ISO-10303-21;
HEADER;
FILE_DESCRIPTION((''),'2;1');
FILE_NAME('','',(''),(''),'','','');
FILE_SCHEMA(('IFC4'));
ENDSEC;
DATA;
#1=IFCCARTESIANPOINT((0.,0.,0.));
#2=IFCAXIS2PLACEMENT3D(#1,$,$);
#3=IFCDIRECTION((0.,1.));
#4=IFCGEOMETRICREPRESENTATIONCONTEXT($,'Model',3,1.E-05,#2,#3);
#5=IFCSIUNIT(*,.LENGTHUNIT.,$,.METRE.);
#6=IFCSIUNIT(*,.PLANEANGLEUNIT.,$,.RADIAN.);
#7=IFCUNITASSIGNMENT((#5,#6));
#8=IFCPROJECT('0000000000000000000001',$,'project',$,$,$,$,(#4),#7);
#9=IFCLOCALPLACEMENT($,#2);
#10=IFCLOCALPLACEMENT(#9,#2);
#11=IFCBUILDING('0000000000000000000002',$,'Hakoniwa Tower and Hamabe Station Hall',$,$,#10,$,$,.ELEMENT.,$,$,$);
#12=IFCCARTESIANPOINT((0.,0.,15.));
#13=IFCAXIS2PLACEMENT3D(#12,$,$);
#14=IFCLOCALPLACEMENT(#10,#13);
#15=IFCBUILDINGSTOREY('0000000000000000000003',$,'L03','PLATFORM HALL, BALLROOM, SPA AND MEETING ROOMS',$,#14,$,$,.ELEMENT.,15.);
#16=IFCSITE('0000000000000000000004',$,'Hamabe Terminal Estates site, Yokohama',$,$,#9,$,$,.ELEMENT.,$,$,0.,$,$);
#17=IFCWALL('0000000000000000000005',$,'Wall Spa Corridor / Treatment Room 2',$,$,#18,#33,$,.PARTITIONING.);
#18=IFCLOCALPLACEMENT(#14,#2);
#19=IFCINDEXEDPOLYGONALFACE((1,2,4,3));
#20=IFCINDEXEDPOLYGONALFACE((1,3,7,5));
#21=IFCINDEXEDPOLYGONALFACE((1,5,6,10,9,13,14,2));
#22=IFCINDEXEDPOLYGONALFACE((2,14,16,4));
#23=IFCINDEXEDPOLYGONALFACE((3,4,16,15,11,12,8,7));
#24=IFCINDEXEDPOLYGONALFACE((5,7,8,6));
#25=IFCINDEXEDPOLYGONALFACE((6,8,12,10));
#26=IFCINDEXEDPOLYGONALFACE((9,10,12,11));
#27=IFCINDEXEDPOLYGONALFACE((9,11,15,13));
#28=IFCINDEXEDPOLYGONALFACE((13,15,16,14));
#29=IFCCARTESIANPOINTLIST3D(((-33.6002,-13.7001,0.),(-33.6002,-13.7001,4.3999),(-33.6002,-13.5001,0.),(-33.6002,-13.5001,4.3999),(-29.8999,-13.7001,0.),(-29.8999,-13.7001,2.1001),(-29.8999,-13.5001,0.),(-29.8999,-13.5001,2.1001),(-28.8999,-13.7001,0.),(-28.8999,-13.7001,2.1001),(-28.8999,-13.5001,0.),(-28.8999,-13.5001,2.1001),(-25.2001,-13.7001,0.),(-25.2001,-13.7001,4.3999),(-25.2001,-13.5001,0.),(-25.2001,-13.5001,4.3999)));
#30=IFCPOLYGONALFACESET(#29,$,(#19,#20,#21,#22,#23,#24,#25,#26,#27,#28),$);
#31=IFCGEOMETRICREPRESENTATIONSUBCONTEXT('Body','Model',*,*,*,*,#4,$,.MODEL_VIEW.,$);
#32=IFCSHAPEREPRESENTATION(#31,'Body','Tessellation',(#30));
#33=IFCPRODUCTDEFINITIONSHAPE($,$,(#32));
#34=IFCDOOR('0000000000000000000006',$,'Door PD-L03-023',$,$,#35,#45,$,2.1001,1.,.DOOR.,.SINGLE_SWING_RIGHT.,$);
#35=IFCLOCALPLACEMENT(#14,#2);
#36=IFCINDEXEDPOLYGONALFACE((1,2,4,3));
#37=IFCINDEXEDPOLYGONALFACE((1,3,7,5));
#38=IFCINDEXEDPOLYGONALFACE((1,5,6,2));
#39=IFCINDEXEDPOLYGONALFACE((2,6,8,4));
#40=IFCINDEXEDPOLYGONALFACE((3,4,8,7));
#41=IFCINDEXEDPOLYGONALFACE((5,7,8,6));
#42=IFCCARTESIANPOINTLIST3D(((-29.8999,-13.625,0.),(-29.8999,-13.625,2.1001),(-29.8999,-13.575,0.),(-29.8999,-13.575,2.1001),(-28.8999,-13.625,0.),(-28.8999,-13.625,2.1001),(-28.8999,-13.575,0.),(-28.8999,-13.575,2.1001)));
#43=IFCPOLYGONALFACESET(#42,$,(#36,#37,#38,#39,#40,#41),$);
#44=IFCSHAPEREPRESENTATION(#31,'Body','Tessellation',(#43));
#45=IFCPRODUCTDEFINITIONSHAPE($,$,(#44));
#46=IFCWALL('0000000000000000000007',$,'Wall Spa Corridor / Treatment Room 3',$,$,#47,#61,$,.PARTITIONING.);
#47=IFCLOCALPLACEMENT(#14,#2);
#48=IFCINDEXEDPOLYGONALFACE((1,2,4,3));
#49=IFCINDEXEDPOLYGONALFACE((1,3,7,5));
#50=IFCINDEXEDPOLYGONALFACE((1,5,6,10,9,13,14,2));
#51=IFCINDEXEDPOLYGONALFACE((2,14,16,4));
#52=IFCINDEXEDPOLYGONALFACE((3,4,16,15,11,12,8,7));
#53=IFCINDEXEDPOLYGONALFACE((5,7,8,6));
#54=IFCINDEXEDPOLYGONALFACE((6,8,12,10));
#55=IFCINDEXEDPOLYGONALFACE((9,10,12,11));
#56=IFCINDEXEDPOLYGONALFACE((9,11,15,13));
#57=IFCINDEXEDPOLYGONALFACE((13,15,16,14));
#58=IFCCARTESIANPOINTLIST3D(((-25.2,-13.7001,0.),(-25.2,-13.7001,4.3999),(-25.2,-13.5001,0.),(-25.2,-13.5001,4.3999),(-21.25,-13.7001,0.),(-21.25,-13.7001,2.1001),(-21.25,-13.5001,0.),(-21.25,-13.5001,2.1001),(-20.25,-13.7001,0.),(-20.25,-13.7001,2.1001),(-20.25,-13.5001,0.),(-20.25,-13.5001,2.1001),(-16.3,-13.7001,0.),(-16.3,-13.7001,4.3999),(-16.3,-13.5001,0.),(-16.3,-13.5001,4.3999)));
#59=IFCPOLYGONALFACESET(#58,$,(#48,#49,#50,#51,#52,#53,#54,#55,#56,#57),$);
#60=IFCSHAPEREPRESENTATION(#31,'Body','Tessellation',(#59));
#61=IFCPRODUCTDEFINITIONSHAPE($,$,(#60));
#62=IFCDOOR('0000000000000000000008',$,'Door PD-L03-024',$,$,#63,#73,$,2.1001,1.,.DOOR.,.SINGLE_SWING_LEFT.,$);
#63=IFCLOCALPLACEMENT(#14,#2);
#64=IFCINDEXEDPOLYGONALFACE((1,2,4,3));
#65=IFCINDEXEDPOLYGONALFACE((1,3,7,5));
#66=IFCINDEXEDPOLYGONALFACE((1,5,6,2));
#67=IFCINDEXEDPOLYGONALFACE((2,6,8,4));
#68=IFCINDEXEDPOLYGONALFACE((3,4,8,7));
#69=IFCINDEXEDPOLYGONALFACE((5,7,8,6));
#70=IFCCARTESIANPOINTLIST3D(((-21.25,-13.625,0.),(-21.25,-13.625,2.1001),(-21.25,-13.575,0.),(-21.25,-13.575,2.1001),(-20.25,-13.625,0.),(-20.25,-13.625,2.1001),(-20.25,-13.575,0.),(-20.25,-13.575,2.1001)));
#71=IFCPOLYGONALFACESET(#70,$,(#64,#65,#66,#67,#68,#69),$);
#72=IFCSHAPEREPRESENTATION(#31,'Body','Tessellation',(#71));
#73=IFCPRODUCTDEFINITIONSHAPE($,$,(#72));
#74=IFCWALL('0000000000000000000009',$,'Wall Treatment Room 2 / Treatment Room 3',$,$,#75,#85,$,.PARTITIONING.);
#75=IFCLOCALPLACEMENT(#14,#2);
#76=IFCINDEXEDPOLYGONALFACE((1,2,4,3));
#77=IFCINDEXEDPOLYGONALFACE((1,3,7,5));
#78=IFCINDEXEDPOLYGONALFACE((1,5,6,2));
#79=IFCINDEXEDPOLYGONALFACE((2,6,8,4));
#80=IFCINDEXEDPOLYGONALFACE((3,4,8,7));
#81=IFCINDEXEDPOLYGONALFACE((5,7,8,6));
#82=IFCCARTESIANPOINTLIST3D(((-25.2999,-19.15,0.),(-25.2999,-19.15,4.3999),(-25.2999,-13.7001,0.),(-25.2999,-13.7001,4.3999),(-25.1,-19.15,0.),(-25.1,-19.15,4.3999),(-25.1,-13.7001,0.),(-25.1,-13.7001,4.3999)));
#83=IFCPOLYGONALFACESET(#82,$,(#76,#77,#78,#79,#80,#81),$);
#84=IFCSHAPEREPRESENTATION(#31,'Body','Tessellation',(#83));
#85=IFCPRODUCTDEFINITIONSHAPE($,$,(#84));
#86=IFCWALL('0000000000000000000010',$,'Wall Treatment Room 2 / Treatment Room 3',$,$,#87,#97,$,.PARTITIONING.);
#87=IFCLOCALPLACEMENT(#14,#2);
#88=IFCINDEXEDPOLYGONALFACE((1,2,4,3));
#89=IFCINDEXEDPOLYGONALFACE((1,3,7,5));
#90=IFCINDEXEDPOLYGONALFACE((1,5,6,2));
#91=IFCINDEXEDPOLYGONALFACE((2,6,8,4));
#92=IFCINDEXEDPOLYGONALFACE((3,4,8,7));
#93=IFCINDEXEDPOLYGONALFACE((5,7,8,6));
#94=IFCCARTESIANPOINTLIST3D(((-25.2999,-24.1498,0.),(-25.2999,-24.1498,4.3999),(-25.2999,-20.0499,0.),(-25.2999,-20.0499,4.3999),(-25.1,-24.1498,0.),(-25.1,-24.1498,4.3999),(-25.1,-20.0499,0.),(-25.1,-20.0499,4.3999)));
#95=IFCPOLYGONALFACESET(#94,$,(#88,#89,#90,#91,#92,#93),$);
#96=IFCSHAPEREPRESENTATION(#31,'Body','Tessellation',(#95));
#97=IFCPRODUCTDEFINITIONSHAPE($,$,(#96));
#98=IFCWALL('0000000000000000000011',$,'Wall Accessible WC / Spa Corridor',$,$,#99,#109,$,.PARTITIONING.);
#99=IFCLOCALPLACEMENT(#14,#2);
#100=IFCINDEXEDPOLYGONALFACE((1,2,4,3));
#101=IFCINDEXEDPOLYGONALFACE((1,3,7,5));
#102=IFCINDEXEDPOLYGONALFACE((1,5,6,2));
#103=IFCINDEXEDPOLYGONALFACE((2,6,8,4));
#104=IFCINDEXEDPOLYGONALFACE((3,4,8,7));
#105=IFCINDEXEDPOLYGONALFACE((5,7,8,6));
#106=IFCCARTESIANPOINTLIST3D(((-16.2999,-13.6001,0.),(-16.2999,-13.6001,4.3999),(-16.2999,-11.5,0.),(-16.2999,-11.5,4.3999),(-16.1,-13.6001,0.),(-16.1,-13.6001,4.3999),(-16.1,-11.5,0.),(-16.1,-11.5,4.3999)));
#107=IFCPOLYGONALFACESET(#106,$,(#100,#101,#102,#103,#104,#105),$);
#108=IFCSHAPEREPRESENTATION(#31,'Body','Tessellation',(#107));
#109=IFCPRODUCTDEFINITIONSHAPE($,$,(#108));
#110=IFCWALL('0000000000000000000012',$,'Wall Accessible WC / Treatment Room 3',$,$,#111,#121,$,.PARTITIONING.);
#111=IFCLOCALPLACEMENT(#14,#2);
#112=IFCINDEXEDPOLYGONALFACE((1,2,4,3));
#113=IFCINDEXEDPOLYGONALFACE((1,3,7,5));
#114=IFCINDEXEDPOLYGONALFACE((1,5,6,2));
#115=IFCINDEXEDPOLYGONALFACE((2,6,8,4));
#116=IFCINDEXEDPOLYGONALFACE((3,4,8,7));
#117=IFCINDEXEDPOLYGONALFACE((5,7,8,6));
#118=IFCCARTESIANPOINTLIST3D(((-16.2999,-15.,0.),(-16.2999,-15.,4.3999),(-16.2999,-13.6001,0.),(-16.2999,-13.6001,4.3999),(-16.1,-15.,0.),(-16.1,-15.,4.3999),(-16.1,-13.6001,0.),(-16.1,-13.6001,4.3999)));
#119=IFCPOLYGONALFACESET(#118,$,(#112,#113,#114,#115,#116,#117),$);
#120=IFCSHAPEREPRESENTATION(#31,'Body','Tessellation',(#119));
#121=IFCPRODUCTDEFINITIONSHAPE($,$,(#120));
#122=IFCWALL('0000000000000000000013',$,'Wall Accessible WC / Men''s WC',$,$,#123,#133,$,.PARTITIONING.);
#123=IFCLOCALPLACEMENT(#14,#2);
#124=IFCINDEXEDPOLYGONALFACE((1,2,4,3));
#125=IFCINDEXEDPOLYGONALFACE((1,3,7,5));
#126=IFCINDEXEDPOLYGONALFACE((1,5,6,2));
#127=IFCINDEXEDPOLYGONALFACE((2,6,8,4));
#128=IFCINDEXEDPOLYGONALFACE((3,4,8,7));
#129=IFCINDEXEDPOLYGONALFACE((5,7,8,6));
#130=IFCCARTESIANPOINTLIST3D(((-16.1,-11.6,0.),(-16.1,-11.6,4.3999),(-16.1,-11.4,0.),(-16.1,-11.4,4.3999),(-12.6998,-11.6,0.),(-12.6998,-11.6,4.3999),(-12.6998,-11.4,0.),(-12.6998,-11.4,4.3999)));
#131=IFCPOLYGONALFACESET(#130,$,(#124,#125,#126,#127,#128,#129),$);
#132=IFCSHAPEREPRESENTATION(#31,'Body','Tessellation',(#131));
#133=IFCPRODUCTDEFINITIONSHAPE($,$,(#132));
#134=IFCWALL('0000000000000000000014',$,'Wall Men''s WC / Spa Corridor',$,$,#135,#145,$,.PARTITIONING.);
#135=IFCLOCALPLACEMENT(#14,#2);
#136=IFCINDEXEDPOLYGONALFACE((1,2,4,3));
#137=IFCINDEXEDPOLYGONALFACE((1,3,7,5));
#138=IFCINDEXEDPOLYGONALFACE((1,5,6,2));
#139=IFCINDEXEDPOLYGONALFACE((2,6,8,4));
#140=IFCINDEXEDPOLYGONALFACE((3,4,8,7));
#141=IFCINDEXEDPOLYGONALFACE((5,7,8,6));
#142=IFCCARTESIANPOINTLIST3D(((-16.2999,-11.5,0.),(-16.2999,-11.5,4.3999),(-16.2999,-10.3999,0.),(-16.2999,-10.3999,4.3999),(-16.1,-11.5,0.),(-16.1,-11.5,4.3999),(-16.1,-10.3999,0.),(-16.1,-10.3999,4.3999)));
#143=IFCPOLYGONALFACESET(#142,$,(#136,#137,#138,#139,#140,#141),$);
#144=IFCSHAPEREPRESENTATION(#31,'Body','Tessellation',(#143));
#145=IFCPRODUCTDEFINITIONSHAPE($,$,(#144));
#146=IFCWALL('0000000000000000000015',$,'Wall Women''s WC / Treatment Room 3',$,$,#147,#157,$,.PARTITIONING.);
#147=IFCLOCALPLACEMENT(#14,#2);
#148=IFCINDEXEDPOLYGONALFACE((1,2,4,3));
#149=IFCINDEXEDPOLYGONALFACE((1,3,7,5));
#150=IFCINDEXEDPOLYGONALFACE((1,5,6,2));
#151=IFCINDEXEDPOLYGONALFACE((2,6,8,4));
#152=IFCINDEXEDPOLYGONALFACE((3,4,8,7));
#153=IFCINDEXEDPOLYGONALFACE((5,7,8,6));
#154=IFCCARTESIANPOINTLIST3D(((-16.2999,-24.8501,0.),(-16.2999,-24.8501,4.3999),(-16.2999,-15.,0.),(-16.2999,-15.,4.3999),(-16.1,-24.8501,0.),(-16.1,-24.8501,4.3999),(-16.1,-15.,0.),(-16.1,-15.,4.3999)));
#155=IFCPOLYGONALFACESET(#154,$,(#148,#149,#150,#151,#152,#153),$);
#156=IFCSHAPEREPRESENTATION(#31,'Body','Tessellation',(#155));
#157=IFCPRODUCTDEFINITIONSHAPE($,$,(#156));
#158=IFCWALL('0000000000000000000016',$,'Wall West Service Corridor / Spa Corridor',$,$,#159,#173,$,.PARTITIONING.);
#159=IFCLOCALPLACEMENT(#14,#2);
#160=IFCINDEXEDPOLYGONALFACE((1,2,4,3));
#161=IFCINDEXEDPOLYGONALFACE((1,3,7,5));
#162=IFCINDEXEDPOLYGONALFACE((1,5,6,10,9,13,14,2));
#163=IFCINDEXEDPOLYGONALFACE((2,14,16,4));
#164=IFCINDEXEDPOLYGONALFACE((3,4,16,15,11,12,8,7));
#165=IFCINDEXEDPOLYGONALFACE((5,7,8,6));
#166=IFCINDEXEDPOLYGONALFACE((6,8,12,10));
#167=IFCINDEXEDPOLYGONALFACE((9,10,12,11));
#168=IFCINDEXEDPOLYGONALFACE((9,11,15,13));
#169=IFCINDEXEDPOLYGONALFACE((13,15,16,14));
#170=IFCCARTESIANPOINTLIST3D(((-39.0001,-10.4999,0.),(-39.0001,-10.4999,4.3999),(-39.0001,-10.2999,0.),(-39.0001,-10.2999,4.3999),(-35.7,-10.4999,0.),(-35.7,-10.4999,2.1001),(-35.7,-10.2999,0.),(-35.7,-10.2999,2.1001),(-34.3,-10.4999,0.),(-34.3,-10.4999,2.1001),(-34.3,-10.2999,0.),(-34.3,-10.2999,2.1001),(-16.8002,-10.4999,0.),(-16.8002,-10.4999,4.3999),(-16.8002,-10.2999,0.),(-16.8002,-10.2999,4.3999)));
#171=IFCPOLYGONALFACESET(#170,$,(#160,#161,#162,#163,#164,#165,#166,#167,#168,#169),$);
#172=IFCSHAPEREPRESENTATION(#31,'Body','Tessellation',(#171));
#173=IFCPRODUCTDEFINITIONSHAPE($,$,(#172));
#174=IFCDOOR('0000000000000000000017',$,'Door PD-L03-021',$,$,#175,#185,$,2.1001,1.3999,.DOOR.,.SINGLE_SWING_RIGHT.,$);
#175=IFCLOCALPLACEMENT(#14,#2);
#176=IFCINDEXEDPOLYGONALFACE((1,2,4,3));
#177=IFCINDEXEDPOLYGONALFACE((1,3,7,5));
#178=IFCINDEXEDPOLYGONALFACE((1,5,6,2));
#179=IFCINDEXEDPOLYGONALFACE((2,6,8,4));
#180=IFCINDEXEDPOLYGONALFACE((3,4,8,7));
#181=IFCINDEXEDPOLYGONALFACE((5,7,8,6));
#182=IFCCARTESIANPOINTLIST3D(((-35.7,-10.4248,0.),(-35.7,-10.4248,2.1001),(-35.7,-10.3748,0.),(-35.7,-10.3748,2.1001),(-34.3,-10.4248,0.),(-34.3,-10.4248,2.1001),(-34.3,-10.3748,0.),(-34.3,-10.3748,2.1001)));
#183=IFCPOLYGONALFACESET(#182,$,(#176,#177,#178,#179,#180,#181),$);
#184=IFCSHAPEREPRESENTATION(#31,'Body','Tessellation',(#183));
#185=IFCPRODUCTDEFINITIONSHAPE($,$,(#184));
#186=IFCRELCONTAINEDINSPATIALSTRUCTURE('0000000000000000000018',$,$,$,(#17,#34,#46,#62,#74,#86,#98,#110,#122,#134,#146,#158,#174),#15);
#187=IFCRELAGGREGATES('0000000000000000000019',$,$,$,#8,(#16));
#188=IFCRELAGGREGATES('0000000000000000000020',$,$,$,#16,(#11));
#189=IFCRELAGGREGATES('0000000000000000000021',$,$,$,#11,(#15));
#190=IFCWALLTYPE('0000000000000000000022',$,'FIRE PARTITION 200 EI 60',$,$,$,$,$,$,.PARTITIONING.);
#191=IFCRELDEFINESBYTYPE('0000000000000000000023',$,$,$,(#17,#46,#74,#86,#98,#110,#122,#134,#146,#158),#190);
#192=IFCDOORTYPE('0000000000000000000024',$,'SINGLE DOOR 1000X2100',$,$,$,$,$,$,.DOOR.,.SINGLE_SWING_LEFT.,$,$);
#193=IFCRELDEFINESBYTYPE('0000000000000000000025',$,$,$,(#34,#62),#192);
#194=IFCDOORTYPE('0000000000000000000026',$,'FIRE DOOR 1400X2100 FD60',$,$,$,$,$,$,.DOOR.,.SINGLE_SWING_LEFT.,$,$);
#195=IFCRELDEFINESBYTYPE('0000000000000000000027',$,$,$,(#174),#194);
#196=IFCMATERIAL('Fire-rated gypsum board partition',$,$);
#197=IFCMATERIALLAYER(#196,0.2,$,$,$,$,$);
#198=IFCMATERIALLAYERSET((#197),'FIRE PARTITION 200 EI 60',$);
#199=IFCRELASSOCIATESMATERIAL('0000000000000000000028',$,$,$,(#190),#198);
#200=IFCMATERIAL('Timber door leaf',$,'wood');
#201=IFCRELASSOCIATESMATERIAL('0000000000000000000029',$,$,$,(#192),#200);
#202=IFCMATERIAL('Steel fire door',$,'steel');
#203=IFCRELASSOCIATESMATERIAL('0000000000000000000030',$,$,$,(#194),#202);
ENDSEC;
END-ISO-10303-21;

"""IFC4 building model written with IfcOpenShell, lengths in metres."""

from ifc_helpers import new_model, si_unit, direction, frame, frame_2d, origin, place, context, subcontext, project, spatial, rectangle, extrude, material, layer, layer_set, type_object, element, fill, save


model = new_model("IFC4")

# Units and contexts
model_context = context("Model", 3, precision=1e-05, world=origin(), true_north=direction((0.0, 1.0)))
body_context = subcontext(model_context, "Body", "Model", "MODEL_VIEW")
ifc_project = project(units=[si_unit("LENGTHUNIT", "METRE"), si_unit("PLANEANGLEUNIT", "RADIAN")], contexts=[model_context])

# Site, building, storey
site_placement = place(None, origin())
site = spatial("IfcSite", under=ifc_project, at=site_placement, Name="Hamabe Terminal Estates site, Yokohama", CompositionType="ELEMENT", RefElevation=0.0)
building_placement = place(site_placement, origin())
building = spatial("IfcBuilding", under=site, at=building_placement, Name="Hakoniwa Tower and Hamabe Station Hall", CompositionType="ELEMENT")
storey_placement = place(building_placement, frame((0.0, 0.0, 15.0)))
storey = spatial("IfcBuildingStorey", under=building, at=storey_placement, Name="L03", Description="PLATFORM HALL, BALLROOM, SPA AND MEETING ROOMS", CompositionType="ELEMENT", Elevation=15.0)

# Walls, openings, doors
ifc_material_1 = material(Name="Fire-rated gypsum board partition")
ifc_layer = layer(ifc_material_1, 0.2)
ifc_layer_set = layer_set([ifc_layer], Name="FIRE PARTITION 200 EI 60")
wall_type = type_object("IfcWallType", Name="FIRE PARTITION 200 EI 60", PredefinedType="PARTITIONING", material=ifc_layer_set)
wall_1_placement = place(storey_placement, frame((-25.2, -13.6001, 0.0), z_axis=(0.0, 0.0, 1.0), x_axis=(-1.0, 0.0, 0.0)))
wall_1 = element("IfcWall", 1, at=wall_1_placement, inside=storey, type_object=wall_type, Name="Wall Spa Corridor / Treatment Room 2", PredefinedType="PARTITIONING", context=body_context, shape_type="SweptSolid", body=[
    extrude(rectangle(XDim=8.4001, YDim=0.2, at=frame_2d((4.2002, 0.0))), origin(), (0.0, 0.0, 1.0), 4.3999),
])
opening_1_placement = place(wall_1_placement, frame((3.7, 0.0, 0.0)))
opening_1 = element("IfcOpeningElement", 2, at=opening_1_placement, cuts=wall_1, PredefinedType="OPENING", context=body_context, shape_type="SweptSolid", body=[
    extrude(rectangle(XDim=1.0, YDim=2.1001, at=frame_2d((0.5, 1.05))), frame((0.0, 0.1099, 0.0), z_axis=(0.0, -1.0, 0.0), x_axis=(1.0, 0.0, 0.0)), (0.0, 0.0, 1.0), 0.22),
])
ifc_material_2 = material(Name="Timber door leaf", Category="wood")
door_type_1 = type_object("IfcDoorType", Name="SINGLE DOOR 1000X2100", OperationType="SINGLE_SWING_LEFT", PredefinedType="DOOR", material=ifc_material_2)
door_1_placement = place(opening_1_placement, origin())
door_1 = element("IfcDoor", 3, at=door_1_placement, inside=storey, type_object=door_type_1, Name="Door PD-L03-023", OperationType="SINGLE_SWING_RIGHT", OverallHeight=2.1001, OverallWidth=1.0, PredefinedType="DOOR", context=body_context, shape_type="SweptSolid", body=[
    extrude(rectangle(XDim=1.0, YDim=2.1001, at=frame_2d((0.5, 1.05))), frame((0.0, 0.0249, 0.0), z_axis=(0.0, -1.0, 0.0), x_axis=(1.0, 0.0, 0.0)), (0.0, 0.0, 1.0), 0.05),
])
fill(opening_1, door_1)
wall_2_placement = place(storey_placement, frame((-16.3, -13.6001, 0.0), z_axis=(0.0, 0.0, 1.0), x_axis=(-1.0, 0.0, 0.0)))
wall_2 = element("IfcWall", 4, at=wall_2_placement, inside=storey, type_object=wall_type, Name="Wall Spa Corridor / Treatment Room 3", PredefinedType="PARTITIONING", context=body_context, shape_type="SweptSolid", body=[
    extrude(rectangle(XDim=8.8999, YDim=0.2, at=frame_2d((4.45, 0.0))), origin(), (0.0, 0.0, 1.0), 4.3999),
])
opening_2_placement = place(wall_2_placement, frame((3.95, 0.0, 0.0)))
opening_2 = element("IfcOpeningElement", 5, at=opening_2_placement, cuts=wall_2, PredefinedType="OPENING", context=body_context, shape_type="SweptSolid", body=[
    extrude(rectangle(XDim=1.0, YDim=2.1001, at=frame_2d((0.5, 1.05))), frame((0.0, 0.1099, 0.0), z_axis=(0.0, -1.0, 0.0), x_axis=(1.0, 0.0, 0.0)), (0.0, 0.0, 1.0), 0.22),
])
door_2_placement = place(opening_2_placement, origin())
door_2 = element("IfcDoor", 6, at=door_2_placement, inside=storey, type_object=door_type_1, Name="Door PD-L03-024", OperationType="SINGLE_SWING_LEFT", OverallHeight=2.1001, OverallWidth=1.0, PredefinedType="DOOR", context=body_context, shape_type="SweptSolid", body=[
    extrude(rectangle(XDim=1.0, YDim=2.1001, at=frame_2d((0.5, 1.05))), frame((0.0, 0.0249, 0.0), z_axis=(0.0, -1.0, 0.0), x_axis=(1.0, 0.0, 0.0)), (0.0, 0.0, 1.0), 0.05),
])
fill(opening_2, door_2)

# Walls
wall_3_placement = place(storey_placement, frame((-25.2, -13.7, 0.0), z_axis=(0.0, 0.0, 1.0), x_axis=(0.0, -1.0, 0.0)))
element("IfcWall", 7, at=wall_3_placement, inside=storey, type_object=wall_type, Name="Wall Treatment Room 2 / Treatment Room 3", PredefinedType="PARTITIONING", context=body_context, shape_type="SweptSolid", body=[
    extrude(rectangle(XDim=5.45, YDim=0.2, at=frame_2d((2.7251, 0.0))), origin(), (0.0, 0.0, 1.0), 4.3999),
])
wall_4_placement = place(storey_placement, frame((-25.2, -20.05, 0.0), z_axis=(0.0, 0.0, 1.0), x_axis=(0.0, -1.0, 0.0)))
element("IfcWall", 8, at=wall_4_placement, inside=storey, type_object=wall_type, Name="Wall Treatment Room 2 / Treatment Room 3", PredefinedType="PARTITIONING", context=body_context, shape_type="SweptSolid", body=[
    extrude(rectangle(XDim=4.0999, YDim=0.2, at=frame_2d((2.0498, 0.0))), origin(), (0.0, 0.0, 1.0), 4.3999),
])
wall_5_placement = place(storey_placement, frame((-16.2, -13.6001, 0.0), z_axis=(0.0, 0.0, 1.0), x_axis=(0.0, 1.0, 0.0)))
element("IfcWall", 9, at=wall_5_placement, inside=storey, type_object=wall_type, Name="Wall Accessible WC / Spa Corridor", PredefinedType="PARTITIONING", context=body_context, shape_type="SweptSolid", body=[
    extrude(rectangle(XDim=2.1001, YDim=0.2, at=frame_2d((1.05, 0.0))), origin(), (0.0, 0.0, 1.0), 4.3999),
])
wall_6_placement = place(storey_placement, frame((-16.2, -15.0, 0.0), z_axis=(0.0, 0.0, 1.0), x_axis=(0.0, 1.0, 0.0)))
element("IfcWall", 10, at=wall_6_placement, inside=storey, type_object=wall_type, Name="Wall Accessible WC / Treatment Room 3", PredefinedType="PARTITIONING", context=body_context, shape_type="SweptSolid", body=[
    extrude(rectangle(XDim=1.3999, YDim=0.2, at=frame_2d((0.7, 0.0))), origin(), (0.0, 0.0, 1.0), 4.3999),
])
wall_7_placement = place(storey_placement, frame((-16.1001, -11.5, 0.0), z_axis=(0.0, 0.0, 1.0), x_axis=(1.0, 0.0, 0.0)))
element("IfcWall", 11, at=wall_7_placement, inside=storey, type_object=wall_type, Name="Wall Accessible WC / Men's WC", PredefinedType="PARTITIONING", context=body_context, shape_type="SweptSolid", body=[
    extrude(rectangle(XDim=3.4001, YDim=0.2, at=frame_2d((1.7002, 0.0))), origin(), (0.0, 0.0, 1.0), 4.3999),
])
wall_8_placement = place(storey_placement, frame((-16.2, -11.5, 0.0), z_axis=(0.0, 0.0, 1.0), x_axis=(0.0, 1.0, 0.0)))
element("IfcWall", 12, at=wall_8_placement, inside=storey, type_object=wall_type, Name="Wall Men's WC / Spa Corridor", PredefinedType="PARTITIONING", context=body_context, shape_type="SweptSolid", body=[
    extrude(rectangle(XDim=1.1001, YDim=0.2, at=frame_2d((0.55, 0.0))), origin(), (0.0, 0.0, 1.0), 4.3999),
])
wall_9_placement = place(storey_placement, frame((-16.2, -24.8501, 0.0), z_axis=(0.0, 0.0, 1.0), x_axis=(0.0, 1.0, 0.0)))
element("IfcWall", 13, at=wall_9_placement, inside=storey, type_object=wall_type, Name="Wall Women's WC / Treatment Room 3", PredefinedType="PARTITIONING", context=body_context, shape_type="SweptSolid", body=[
    extrude(rectangle(XDim=9.8501, YDim=0.2, at=frame_2d((4.925, 0.0))), origin(), (0.0, 0.0, 1.0), 4.3999),
])

# Wall, opening, door
wall_10_placement = place(storey_placement, frame((-16.8, -10.3999, 0.0), z_axis=(0.0, 0.0, 1.0), x_axis=(-1.0, 0.0, 0.0)))
wall_10 = element("IfcWall", 14, at=wall_10_placement, inside=storey, type_object=wall_type, Name="Wall West Service Corridor / Spa Corridor", PredefinedType="PARTITIONING", context=body_context, shape_type="SweptSolid", body=[
    extrude(rectangle(XDim=22.2, YDim=0.2, at=frame_2d((11.1001, 0.0))), origin(), (0.0, 0.0, 1.0), 4.3999),
])
opening_3_placement = place(wall_10_placement, frame((17.5, 0.0, 0.0)))
opening_3 = element("IfcOpeningElement", 15, at=opening_3_placement, cuts=wall_10, PredefinedType="OPENING", context=body_context, shape_type="SweptSolid", body=[
    extrude(rectangle(XDim=1.3999, YDim=2.1001, at=frame_2d((0.7, 1.05))), frame((0.0, 0.1099, 0.0), z_axis=(0.0, -1.0, 0.0), x_axis=(1.0, 0.0, 0.0)), (0.0, 0.0, 1.0), 0.22),
])
ifc_material_3 = material(Name="Steel fire door", Category="steel")
door_type_2 = type_object("IfcDoorType", Name="FIRE DOOR 1400X2100 FD60", OperationType="SINGLE_SWING_LEFT", PredefinedType="DOOR", material=ifc_material_3)
door_3_placement = place(opening_3_placement, origin())
door_3 = element("IfcDoor", 16, at=door_3_placement, inside=storey, type_object=door_type_2, Name="Door PD-L03-021", OperationType="SINGLE_SWING_RIGHT", OverallHeight=2.1001, OverallWidth=1.3999, PredefinedType="DOOR", context=body_context, shape_type="SweptSolid", body=[
    extrude(rectangle(XDim=1.3999, YDim=2.1001, at=frame_2d((0.7, 1.05))), frame((0.0, 0.0249, 0.0), z_axis=(0.0, -1.0, 0.0), x_axis=(1.0, 0.0, 0.0)), (0.0, 0.0, 1.0), 0.05),
])
fill(opening_3, door_3)

save(model, "model.ifc")
